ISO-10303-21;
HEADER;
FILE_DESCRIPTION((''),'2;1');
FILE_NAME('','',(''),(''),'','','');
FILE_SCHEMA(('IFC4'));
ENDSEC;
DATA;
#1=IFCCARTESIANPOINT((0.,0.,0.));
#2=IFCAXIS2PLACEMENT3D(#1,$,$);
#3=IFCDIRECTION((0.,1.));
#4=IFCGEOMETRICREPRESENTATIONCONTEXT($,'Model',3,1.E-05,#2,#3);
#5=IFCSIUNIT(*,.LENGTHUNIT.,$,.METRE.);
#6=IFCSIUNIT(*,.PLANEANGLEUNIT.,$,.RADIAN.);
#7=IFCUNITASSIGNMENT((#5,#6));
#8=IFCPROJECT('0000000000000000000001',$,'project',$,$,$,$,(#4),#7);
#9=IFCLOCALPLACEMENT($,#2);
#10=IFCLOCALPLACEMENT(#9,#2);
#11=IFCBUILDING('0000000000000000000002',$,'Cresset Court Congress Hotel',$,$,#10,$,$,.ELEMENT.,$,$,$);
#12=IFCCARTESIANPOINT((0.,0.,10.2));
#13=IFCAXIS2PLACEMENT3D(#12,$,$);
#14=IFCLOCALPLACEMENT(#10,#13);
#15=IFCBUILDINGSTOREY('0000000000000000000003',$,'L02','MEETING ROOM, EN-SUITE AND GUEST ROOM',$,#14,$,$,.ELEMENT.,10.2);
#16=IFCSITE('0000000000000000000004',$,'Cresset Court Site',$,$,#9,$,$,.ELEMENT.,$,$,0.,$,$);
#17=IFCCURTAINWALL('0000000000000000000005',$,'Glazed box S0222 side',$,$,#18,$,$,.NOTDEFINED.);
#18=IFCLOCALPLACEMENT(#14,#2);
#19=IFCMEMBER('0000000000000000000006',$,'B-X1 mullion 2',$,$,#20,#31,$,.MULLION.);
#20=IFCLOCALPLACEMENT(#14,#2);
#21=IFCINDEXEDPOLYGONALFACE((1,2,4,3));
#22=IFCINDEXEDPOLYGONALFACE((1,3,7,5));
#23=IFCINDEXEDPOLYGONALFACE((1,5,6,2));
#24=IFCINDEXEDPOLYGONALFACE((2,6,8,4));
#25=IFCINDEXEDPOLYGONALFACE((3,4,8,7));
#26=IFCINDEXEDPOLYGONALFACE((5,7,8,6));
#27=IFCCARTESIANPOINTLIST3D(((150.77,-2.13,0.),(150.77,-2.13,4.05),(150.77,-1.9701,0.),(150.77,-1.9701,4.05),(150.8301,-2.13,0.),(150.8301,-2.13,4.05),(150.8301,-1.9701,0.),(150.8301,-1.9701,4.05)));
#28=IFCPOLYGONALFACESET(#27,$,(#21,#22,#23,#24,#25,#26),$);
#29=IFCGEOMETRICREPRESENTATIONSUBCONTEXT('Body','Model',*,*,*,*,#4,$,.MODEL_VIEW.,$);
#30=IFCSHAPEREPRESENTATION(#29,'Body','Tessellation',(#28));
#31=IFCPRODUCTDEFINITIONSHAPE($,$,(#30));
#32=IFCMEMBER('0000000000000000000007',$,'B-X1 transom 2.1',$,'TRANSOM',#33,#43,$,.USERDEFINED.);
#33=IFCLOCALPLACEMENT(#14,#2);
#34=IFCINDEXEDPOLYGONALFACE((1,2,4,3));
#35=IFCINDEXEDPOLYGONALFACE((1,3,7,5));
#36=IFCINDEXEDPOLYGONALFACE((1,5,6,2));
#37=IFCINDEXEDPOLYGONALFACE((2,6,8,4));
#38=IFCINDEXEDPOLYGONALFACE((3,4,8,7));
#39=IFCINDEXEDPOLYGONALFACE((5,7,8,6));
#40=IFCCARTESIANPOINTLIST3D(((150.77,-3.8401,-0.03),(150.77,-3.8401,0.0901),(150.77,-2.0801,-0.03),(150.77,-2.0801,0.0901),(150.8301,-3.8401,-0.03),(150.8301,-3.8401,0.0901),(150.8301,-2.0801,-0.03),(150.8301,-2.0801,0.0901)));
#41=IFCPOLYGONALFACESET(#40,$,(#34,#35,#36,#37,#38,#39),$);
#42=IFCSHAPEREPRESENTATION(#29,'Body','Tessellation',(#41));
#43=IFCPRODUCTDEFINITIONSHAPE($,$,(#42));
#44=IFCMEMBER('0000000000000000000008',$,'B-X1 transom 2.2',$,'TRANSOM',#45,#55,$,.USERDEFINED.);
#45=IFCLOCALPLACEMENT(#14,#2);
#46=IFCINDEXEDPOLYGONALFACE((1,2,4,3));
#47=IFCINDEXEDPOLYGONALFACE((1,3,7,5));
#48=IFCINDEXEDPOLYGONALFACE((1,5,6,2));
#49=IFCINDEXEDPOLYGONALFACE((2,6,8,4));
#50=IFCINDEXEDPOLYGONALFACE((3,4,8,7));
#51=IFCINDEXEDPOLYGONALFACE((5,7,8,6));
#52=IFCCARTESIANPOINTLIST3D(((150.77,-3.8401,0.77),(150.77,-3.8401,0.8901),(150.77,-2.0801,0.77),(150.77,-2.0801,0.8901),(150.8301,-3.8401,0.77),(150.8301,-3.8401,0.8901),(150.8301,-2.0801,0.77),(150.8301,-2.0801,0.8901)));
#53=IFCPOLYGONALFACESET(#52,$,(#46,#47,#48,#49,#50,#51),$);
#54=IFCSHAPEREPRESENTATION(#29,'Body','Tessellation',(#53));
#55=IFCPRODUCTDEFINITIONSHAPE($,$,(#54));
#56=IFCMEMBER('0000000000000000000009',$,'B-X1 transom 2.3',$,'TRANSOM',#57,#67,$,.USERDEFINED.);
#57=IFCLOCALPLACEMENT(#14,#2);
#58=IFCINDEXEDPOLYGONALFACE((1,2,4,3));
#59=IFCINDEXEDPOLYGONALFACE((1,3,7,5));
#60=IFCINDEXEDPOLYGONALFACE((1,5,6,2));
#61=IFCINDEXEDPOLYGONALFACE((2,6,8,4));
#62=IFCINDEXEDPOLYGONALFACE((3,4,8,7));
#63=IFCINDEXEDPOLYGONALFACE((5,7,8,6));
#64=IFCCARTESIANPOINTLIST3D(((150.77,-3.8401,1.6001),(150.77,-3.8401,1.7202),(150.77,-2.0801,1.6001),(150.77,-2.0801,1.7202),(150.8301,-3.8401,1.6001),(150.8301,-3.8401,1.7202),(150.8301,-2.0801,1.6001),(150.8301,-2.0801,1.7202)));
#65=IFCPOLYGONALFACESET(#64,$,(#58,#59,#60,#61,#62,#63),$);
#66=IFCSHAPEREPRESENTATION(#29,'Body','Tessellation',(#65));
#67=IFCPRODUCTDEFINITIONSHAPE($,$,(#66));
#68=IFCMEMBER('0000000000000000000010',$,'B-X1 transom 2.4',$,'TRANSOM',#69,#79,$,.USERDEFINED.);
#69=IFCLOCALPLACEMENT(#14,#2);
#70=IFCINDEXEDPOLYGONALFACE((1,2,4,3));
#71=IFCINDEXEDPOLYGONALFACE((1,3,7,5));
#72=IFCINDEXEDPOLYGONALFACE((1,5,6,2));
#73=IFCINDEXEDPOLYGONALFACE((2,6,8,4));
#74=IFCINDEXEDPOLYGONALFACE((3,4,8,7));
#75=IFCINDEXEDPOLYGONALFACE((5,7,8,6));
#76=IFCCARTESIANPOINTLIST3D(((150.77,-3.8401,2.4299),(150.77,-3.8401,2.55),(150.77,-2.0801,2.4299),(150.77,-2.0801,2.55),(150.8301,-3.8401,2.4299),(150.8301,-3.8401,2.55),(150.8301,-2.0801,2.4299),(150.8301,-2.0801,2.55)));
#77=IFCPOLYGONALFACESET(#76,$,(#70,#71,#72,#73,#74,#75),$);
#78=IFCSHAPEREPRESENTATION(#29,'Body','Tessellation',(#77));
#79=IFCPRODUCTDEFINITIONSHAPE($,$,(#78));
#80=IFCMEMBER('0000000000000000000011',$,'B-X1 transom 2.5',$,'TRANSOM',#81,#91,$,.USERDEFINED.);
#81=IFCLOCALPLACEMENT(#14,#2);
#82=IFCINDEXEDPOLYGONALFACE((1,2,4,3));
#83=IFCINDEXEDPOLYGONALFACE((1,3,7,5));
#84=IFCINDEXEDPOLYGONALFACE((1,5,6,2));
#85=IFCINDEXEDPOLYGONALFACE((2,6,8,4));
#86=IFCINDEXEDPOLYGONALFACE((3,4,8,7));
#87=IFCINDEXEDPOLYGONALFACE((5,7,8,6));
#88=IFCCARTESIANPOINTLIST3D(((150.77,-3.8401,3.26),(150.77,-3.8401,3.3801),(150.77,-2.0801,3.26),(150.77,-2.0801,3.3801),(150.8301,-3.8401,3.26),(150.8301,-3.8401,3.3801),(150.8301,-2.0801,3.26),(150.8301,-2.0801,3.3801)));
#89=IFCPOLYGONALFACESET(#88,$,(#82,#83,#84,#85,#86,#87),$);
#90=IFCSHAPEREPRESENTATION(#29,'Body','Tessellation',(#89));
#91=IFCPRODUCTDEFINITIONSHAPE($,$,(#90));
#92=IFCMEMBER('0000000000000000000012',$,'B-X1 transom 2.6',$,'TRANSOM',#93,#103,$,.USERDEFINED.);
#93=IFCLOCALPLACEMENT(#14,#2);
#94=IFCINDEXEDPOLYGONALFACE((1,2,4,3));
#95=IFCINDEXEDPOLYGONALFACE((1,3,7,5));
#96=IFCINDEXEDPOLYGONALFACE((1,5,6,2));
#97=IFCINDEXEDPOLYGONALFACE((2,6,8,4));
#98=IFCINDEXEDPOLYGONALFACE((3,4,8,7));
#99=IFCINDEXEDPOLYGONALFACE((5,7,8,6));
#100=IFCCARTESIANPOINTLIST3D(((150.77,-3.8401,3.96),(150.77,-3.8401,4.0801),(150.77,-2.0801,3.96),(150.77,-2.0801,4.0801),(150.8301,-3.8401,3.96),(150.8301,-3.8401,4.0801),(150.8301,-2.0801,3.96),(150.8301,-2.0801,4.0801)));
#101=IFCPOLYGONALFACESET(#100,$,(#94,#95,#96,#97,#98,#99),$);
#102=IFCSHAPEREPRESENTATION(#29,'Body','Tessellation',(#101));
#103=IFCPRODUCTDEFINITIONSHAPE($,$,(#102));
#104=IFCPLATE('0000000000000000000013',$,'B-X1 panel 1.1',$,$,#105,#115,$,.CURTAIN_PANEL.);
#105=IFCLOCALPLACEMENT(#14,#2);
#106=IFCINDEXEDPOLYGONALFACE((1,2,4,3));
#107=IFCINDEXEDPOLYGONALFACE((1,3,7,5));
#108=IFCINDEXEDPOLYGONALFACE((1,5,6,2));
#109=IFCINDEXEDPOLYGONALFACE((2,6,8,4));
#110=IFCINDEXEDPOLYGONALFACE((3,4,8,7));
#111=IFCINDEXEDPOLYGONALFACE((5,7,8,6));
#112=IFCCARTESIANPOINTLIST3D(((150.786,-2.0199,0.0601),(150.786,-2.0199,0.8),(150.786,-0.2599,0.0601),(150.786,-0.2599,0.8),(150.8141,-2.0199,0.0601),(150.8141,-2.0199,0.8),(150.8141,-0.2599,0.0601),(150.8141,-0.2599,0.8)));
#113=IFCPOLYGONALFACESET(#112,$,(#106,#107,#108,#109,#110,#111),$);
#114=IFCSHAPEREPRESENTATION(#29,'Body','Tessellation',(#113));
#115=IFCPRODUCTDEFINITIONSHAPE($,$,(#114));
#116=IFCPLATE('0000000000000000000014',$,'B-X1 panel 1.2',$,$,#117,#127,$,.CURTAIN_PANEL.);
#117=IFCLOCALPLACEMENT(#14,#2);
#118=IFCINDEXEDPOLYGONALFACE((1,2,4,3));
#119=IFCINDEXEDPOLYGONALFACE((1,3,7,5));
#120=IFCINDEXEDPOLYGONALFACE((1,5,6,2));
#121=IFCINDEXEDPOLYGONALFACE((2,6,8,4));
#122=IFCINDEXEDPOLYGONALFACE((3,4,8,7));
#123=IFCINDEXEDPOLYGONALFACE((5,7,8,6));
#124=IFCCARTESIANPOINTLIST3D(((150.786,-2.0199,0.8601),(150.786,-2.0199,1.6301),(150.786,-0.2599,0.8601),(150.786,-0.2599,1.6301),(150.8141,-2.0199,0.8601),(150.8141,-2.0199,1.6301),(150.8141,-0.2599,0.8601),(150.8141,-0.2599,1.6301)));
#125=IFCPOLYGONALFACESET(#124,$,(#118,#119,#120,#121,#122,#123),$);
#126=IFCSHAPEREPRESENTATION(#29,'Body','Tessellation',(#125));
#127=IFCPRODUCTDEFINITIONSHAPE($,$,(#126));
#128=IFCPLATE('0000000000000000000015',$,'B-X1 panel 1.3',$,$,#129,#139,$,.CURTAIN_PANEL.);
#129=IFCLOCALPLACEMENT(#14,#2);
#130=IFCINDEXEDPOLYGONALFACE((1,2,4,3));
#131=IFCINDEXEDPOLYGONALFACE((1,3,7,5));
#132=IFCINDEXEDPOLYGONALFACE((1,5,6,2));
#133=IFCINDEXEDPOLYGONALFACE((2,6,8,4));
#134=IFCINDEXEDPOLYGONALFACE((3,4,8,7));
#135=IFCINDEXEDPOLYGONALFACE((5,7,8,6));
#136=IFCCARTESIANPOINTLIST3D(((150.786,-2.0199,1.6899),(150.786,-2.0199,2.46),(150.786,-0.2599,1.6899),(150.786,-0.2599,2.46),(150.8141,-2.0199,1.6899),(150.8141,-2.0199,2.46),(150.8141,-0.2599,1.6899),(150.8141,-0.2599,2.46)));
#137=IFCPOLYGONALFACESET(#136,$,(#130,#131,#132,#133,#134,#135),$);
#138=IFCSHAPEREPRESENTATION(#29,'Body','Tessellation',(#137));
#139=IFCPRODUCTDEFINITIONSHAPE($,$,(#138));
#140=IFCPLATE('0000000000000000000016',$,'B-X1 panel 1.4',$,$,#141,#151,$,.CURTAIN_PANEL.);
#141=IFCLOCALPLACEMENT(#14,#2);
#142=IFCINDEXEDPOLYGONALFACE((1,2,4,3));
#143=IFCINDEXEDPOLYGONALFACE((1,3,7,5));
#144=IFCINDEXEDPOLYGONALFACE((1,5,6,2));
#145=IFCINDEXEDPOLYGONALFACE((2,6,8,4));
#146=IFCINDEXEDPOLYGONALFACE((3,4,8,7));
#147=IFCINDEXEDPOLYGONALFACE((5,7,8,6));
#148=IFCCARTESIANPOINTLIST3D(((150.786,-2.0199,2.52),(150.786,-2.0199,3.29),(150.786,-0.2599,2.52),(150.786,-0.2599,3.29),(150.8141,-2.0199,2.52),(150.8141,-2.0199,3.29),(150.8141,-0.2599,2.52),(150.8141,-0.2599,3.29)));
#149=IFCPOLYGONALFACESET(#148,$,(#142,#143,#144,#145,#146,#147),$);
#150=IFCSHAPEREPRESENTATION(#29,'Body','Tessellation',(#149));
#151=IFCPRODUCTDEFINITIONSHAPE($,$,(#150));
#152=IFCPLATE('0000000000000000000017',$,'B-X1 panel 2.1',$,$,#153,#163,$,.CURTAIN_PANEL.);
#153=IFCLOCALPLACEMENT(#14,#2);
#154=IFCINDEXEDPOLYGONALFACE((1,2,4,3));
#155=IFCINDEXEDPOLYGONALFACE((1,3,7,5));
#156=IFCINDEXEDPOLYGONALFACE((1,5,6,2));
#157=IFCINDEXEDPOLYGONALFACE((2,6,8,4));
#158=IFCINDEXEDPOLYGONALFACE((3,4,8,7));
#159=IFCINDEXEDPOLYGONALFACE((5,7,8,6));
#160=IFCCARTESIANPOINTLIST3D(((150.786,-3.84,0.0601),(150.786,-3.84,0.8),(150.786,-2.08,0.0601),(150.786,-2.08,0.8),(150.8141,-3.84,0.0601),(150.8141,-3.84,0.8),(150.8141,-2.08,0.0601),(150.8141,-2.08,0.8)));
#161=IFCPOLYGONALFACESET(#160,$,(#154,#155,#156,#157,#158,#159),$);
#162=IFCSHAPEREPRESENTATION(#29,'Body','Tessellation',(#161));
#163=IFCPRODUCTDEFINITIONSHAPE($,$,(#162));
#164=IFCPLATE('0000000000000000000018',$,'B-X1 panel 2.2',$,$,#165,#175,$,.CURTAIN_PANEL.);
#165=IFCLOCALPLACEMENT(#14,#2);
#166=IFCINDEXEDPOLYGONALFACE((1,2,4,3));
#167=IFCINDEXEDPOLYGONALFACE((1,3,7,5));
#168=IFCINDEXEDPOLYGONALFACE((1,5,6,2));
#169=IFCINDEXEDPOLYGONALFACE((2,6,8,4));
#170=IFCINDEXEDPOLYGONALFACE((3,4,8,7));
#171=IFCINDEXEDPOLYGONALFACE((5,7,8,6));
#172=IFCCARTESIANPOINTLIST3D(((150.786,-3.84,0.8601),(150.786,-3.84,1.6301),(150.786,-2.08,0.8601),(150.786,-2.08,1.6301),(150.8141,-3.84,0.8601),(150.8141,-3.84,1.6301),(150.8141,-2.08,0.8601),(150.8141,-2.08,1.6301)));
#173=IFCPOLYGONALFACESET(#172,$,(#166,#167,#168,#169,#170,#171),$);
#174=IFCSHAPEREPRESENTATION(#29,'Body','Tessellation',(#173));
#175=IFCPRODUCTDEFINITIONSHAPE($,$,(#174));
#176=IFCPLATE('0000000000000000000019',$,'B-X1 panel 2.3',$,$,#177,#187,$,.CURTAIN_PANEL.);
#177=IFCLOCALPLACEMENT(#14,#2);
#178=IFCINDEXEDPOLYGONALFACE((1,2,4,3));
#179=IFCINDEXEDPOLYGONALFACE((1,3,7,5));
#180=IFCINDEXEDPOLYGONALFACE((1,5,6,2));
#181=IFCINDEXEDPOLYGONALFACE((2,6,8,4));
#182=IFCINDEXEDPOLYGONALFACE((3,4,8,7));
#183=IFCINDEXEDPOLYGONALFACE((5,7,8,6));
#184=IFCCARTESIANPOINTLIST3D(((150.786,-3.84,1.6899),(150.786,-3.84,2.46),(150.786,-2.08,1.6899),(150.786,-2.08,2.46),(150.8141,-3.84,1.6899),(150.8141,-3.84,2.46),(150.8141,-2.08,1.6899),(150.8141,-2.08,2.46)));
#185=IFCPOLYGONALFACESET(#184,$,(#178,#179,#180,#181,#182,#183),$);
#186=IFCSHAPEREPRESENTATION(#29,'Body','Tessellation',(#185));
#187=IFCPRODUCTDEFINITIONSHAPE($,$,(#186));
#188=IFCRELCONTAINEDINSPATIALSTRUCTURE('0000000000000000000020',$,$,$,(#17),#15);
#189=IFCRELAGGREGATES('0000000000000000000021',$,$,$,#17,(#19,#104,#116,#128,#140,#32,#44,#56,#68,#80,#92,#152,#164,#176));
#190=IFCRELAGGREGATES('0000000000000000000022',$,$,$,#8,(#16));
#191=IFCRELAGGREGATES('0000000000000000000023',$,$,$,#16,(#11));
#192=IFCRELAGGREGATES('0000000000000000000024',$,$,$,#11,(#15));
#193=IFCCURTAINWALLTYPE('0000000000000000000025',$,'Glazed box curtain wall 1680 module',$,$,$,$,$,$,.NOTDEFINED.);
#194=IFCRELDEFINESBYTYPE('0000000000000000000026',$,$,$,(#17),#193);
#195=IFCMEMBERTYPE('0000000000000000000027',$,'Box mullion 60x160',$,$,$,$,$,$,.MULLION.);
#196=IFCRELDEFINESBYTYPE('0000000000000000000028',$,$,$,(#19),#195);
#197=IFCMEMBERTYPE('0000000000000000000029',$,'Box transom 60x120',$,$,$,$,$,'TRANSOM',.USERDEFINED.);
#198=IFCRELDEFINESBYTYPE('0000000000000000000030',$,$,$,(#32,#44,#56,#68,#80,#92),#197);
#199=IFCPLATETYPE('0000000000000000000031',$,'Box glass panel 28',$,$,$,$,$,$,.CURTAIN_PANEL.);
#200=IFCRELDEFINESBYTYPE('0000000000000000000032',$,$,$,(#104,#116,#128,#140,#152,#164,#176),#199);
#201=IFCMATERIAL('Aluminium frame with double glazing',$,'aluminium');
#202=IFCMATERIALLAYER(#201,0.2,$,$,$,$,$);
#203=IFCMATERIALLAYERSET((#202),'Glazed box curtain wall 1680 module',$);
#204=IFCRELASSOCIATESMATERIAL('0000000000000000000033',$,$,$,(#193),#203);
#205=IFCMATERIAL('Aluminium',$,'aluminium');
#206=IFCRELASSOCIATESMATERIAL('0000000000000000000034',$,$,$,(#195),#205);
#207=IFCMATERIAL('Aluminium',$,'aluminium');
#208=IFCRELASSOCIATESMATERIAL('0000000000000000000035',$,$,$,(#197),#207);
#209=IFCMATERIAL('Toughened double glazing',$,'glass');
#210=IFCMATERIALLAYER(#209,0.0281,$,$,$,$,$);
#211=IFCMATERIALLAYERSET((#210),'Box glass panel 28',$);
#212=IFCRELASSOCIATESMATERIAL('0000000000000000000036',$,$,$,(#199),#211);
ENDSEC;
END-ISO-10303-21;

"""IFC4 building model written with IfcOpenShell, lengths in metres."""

from ifc_helpers import new_model, si_unit, direction, frame, origin, origin_2d, place, context, subcontext, project, spatial, rectangle, extrude, material, layer, layer_set, material_profile, profile_set, type_object, element, aggregate, save


model = new_model("IFC4")

# Units and contexts
model_context = context("Model", 3, precision=1e-05, world=origin(), true_north=direction((0.0, 1.0)))
body_context = subcontext(model_context, "Body", "Model", "MODEL_VIEW")
ifc_project = project(units=[si_unit("LENGTHUNIT", "METRE"), si_unit("PLANEANGLEUNIT", "RADIAN")], contexts=[model_context])

# Site, building, storey
site_placement = place(None, origin())
site = spatial("IfcSite", under=ifc_project, at=site_placement, Name="Cresset Court Site", CompositionType="ELEMENT", RefElevation=0.0)
building_placement = place(site_placement, origin())
building = spatial("IfcBuilding", under=site, at=building_placement, Name="Cresset Court Congress Hotel", CompositionType="ELEMENT")
storey_placement = place(building_placement, frame((0.0, 0.0, 10.2)))
storey = spatial("IfcBuildingStorey", under=building, at=storey_placement, Name="L02", Description="MEETING ROOM, EN-SUITE AND GUEST ROOM", CompositionType="ELEMENT", Elevation=10.2)

# Curtain wall, members, plates
ifc_material_1 = material(Name="Aluminium frame with double glazing", Category="aluminium")
ifc_layer_1 = layer(ifc_material_1, 0.2)
ifc_layer_set_1 = layer_set([ifc_layer_1], Name="Glazed box curtain wall 1680 module")
curtain_wall_type = type_object("IfcCurtainWallType", Name="Glazed box curtain wall 1680 module", PredefinedType="NOTDEFINED", material=ifc_layer_set_1)
curtain_wall_placement = place(storey_placement, origin())
curtain_wall = element("IfcCurtainWall", 1, at=curtain_wall_placement, inside=storey, type_object=curtain_wall_type, Name="Glazed box S0222 side", PredefinedType="NOTDEFINED")
ifc_material_2 = material(Name="Aluminium", Category="aluminium")
ifc_material_profile_1 = material_profile(ifc_material_2, rectangle(XDim=0.0601, YDim=0.1599, at=origin_2d()), Name="Box mullion 60x160")
ifc_profile_set_1 = profile_set([ifc_material_profile_1], Name="Aluminium")
member_type_1 = type_object("IfcMemberType", Name="Box mullion 60x160", PredefinedType="MULLION", material=ifc_profile_set_1)
member_1_placement = place(storey_placement, frame((150.8, -2.05, 0.0), z_axis=(0.0, 0.0, 1.0), x_axis=(1.0, 0.0, 0.0)))
member_1 = element("IfcMember", 2, at=member_1_placement, type_object=member_type_1, Name="B-X1 mullion 2", PredefinedType="MULLION", context=body_context, shape_type="SweptSolid", body=[
    extrude(rectangle(XDim=0.0601, YDim=0.1599, at=origin_2d()), origin(), (0.0, 0.0, 1.0), 4.05),
])
ifc_material_3 = material(Name="Aluminium", Category="aluminium")
ifc_material_profile_2 = material_profile(ifc_material_3, rectangle(XDim=0.0601, YDim=0.1201, at=origin_2d()), Name="Box transom 60x120")
ifc_profile_set_2 = profile_set([ifc_material_profile_2], Name="Aluminium")
member_type_2 = type_object("IfcMemberType", Name="Box transom 60x120", ElementType="TRANSOM", PredefinedType="USERDEFINED", material=ifc_profile_set_2)
member_2_placement = place(storey_placement, frame((150.8, -2.0801, 0.03), z_axis=(0.0, -1.0, 0.0), x_axis=(1.0, 0.0, 0.0)))
member_2 = element("IfcMember", 3, at=member_2_placement, type_object=member_type_2, Name="B-X1 transom 2.1", ObjectType="TRANSOM", PredefinedType="USERDEFINED", context=body_context, shape_type="SweptSolid", body=[
    extrude(rectangle(XDim=0.0601, YDim=0.1201, at=origin_2d()), origin(), (0.0, 0.0, 1.0), 1.76),
])
member_3_placement = place(storey_placement, frame((150.8, -2.0801, 0.8301), z_axis=(0.0, -1.0, 0.0), x_axis=(1.0, 0.0, 0.0)))
member_3 = element("IfcMember", 4, at=member_3_placement, type_object=member_type_2, Name="B-X1 transom 2.2", ObjectType="TRANSOM", PredefinedType="USERDEFINED", context=body_context, shape_type="SweptSolid", body=[
    extrude(rectangle(XDim=0.0601, YDim=0.1201, at=origin_2d()), origin(), (0.0, 0.0, 1.0), 1.76),
])
member_4_placement = place(storey_placement, frame((150.8, -2.0801, 1.6602), z_axis=(0.0, -1.0, 0.0), x_axis=(1.0, 0.0, 0.0)))
member_4 = element("IfcMember", 5, at=member_4_placement, type_object=member_type_2, Name="B-X1 transom 2.3", ObjectType="TRANSOM", PredefinedType="USERDEFINED", context=body_context, shape_type="SweptSolid", body=[
    extrude(rectangle(XDim=0.0601, YDim=0.1201, at=origin_2d()), origin(), (0.0, 0.0, 1.0), 1.76),
])
member_5_placement = place(storey_placement, frame((150.8, -2.0801, 2.49), z_axis=(0.0, -1.0, 0.0), x_axis=(1.0, 0.0, 0.0)))
member_5 = element("IfcMember", 6, at=member_5_placement, type_object=member_type_2, Name="B-X1 transom 2.4", ObjectType="TRANSOM", PredefinedType="USERDEFINED", context=body_context, shape_type="SweptSolid", body=[
    extrude(rectangle(XDim=0.0601, YDim=0.1201, at=origin_2d()), origin(), (0.0, 0.0, 1.0), 1.76),
])
member_6_placement = place(storey_placement, frame((150.8, -2.0801, 3.3201), z_axis=(0.0, -1.0, 0.0), x_axis=(1.0, 0.0, 0.0)))
member_6 = element("IfcMember", 7, at=member_6_placement, type_object=member_type_2, Name="B-X1 transom 2.5", ObjectType="TRANSOM", PredefinedType="USERDEFINED", context=body_context, shape_type="SweptSolid", body=[
    extrude(rectangle(XDim=0.0601, YDim=0.1201, at=origin_2d()), origin(), (0.0, 0.0, 1.0), 1.76),
])
member_7_placement = place(storey_placement, frame((150.8, -2.0801, 4.02), z_axis=(0.0, -1.0, 0.0), x_axis=(1.0, 0.0, 0.0)))
member_7 = element("IfcMember", 8, at=member_7_placement, type_object=member_type_2, Name="B-X1 transom 2.6", ObjectType="TRANSOM", PredefinedType="USERDEFINED", context=body_context, shape_type="SweptSolid", body=[
    extrude(rectangle(XDim=0.0601, YDim=0.1201, at=origin_2d()), origin(), (0.0, 0.0, 1.0), 1.76),
])
ifc_material_4 = material(Name="Toughened double glazing", Category="glass")
ifc_layer_2 = layer(ifc_material_4, 0.0281)
ifc_layer_set_2 = layer_set([ifc_layer_2], Name="Box glass panel 28")
plate_type_1 = type_object("IfcPlateType", Name="Box glass panel 28", PredefinedType="CURTAIN_PANEL", material=ifc_layer_set_2)
plate_1_placement = place(storey_placement, frame((150.8, -1.1399, 0.0601), z_axis=(0.0, 0.0, 1.0), x_axis=(0.0, -1.0, 0.0)))
plate_1 = element("IfcPlate", 9, at=plate_1_placement, type_object=plate_type_1, Name="B-X1 panel 1.1", PredefinedType="CURTAIN_PANEL", context=body_context, shape_type="SweptSolid", body=[
    extrude(rectangle(XDim=1.76, YDim=0.0281, at=origin_2d()), origin(), (0.0, 0.0, 1.0), 0.74),
])
plate_2_placement = place(storey_placement, frame((150.8, -1.1399, 0.8601), z_axis=(0.0, 0.0, 1.0), x_axis=(0.0, -1.0, 0.0)))
plate_2 = element("IfcPlate", 10, at=plate_2_placement, type_object=plate_type_1, Name="B-X1 panel 1.2", PredefinedType="CURTAIN_PANEL", context=body_context, shape_type="SweptSolid", body=[
    extrude(rectangle(XDim=1.76, YDim=0.0281, at=origin_2d()), origin(), (0.0, 0.0, 1.0), 0.77),
])
plate_3_placement = place(storey_placement, frame((150.8, -1.1399, 1.6899), z_axis=(0.0, 0.0, 1.0), x_axis=(0.0, -1.0, 0.0)))
plate_3 = element("IfcPlate", 11, at=plate_3_placement, type_object=plate_type_1, Name="B-X1 panel 1.3", PredefinedType="CURTAIN_PANEL", context=body_context, shape_type="SweptSolid", body=[
    extrude(rectangle(XDim=1.76, YDim=0.0281, at=origin_2d()), origin(), (0.0, 0.0, 1.0), 0.77),
])
plate_4_placement = place(storey_placement, frame((150.8, -1.1399, 2.52), z_axis=(0.0, 0.0, 1.0), x_axis=(0.0, -1.0, 0.0)))
plate_4 = element("IfcPlate", 12, at=plate_4_placement, type_object=plate_type_1, Name="B-X1 panel 1.4", PredefinedType="CURTAIN_PANEL", context=body_context, shape_type="SweptSolid", body=[
    extrude(rectangle(XDim=1.76, YDim=0.0281, at=origin_2d()), origin(), (0.0, 0.0, 1.0), 0.77),
])
plate_5_placement = place(storey_placement, frame((150.8, -2.96, 0.0601), z_axis=(0.0, 0.0, 1.0), x_axis=(0.0, -1.0, 0.0)))
plate_5 = element("IfcPlate", 13, at=plate_5_placement, type_object=plate_type_1, Name="B-X1 panel 2.1", PredefinedType="CURTAIN_PANEL", context=body_context, shape_type="SweptSolid", body=[
    extrude(rectangle(XDim=1.76, YDim=0.0281, at=origin_2d()), origin(), (0.0, 0.0, 1.0), 0.74),
])
plate_6_placement = place(storey_placement, frame((150.8, -2.96, 0.8601), z_axis=(0.0, 0.0, 1.0), x_axis=(0.0, -1.0, 0.0)))
plate_6 = element("IfcPlate", 14, at=plate_6_placement, type_object=plate_type_1, Name="B-X1 panel 2.2", PredefinedType="CURTAIN_PANEL", context=body_context, shape_type="SweptSolid", body=[
    extrude(rectangle(XDim=1.76, YDim=0.0281, at=origin_2d()), origin(), (0.0, 0.0, 1.0), 0.77),
])
plate_7_placement = place(storey_placement, frame((150.8, -2.96, 1.6899), z_axis=(0.0, 0.0, 1.0), x_axis=(0.0, -1.0, 0.0)))
plate_7 = element("IfcPlate", 15, at=plate_7_placement, type_object=plate_type_1, Name="B-X1 panel 2.3", PredefinedType="CURTAIN_PANEL", context=body_context, shape_type="SweptSolid", body=[
    extrude(rectangle(XDim=1.76, YDim=0.0281, at=origin_2d()), origin(), (0.0, 0.0, 1.0), 0.77),
])
aggregate(curtain_wall, [member_1, plate_1, plate_2, plate_3, plate_4, member_2, member_3, member_4, member_5, member_6, member_7, plate_5, plate_6, plate_7])

save(model, "model.ifc")
